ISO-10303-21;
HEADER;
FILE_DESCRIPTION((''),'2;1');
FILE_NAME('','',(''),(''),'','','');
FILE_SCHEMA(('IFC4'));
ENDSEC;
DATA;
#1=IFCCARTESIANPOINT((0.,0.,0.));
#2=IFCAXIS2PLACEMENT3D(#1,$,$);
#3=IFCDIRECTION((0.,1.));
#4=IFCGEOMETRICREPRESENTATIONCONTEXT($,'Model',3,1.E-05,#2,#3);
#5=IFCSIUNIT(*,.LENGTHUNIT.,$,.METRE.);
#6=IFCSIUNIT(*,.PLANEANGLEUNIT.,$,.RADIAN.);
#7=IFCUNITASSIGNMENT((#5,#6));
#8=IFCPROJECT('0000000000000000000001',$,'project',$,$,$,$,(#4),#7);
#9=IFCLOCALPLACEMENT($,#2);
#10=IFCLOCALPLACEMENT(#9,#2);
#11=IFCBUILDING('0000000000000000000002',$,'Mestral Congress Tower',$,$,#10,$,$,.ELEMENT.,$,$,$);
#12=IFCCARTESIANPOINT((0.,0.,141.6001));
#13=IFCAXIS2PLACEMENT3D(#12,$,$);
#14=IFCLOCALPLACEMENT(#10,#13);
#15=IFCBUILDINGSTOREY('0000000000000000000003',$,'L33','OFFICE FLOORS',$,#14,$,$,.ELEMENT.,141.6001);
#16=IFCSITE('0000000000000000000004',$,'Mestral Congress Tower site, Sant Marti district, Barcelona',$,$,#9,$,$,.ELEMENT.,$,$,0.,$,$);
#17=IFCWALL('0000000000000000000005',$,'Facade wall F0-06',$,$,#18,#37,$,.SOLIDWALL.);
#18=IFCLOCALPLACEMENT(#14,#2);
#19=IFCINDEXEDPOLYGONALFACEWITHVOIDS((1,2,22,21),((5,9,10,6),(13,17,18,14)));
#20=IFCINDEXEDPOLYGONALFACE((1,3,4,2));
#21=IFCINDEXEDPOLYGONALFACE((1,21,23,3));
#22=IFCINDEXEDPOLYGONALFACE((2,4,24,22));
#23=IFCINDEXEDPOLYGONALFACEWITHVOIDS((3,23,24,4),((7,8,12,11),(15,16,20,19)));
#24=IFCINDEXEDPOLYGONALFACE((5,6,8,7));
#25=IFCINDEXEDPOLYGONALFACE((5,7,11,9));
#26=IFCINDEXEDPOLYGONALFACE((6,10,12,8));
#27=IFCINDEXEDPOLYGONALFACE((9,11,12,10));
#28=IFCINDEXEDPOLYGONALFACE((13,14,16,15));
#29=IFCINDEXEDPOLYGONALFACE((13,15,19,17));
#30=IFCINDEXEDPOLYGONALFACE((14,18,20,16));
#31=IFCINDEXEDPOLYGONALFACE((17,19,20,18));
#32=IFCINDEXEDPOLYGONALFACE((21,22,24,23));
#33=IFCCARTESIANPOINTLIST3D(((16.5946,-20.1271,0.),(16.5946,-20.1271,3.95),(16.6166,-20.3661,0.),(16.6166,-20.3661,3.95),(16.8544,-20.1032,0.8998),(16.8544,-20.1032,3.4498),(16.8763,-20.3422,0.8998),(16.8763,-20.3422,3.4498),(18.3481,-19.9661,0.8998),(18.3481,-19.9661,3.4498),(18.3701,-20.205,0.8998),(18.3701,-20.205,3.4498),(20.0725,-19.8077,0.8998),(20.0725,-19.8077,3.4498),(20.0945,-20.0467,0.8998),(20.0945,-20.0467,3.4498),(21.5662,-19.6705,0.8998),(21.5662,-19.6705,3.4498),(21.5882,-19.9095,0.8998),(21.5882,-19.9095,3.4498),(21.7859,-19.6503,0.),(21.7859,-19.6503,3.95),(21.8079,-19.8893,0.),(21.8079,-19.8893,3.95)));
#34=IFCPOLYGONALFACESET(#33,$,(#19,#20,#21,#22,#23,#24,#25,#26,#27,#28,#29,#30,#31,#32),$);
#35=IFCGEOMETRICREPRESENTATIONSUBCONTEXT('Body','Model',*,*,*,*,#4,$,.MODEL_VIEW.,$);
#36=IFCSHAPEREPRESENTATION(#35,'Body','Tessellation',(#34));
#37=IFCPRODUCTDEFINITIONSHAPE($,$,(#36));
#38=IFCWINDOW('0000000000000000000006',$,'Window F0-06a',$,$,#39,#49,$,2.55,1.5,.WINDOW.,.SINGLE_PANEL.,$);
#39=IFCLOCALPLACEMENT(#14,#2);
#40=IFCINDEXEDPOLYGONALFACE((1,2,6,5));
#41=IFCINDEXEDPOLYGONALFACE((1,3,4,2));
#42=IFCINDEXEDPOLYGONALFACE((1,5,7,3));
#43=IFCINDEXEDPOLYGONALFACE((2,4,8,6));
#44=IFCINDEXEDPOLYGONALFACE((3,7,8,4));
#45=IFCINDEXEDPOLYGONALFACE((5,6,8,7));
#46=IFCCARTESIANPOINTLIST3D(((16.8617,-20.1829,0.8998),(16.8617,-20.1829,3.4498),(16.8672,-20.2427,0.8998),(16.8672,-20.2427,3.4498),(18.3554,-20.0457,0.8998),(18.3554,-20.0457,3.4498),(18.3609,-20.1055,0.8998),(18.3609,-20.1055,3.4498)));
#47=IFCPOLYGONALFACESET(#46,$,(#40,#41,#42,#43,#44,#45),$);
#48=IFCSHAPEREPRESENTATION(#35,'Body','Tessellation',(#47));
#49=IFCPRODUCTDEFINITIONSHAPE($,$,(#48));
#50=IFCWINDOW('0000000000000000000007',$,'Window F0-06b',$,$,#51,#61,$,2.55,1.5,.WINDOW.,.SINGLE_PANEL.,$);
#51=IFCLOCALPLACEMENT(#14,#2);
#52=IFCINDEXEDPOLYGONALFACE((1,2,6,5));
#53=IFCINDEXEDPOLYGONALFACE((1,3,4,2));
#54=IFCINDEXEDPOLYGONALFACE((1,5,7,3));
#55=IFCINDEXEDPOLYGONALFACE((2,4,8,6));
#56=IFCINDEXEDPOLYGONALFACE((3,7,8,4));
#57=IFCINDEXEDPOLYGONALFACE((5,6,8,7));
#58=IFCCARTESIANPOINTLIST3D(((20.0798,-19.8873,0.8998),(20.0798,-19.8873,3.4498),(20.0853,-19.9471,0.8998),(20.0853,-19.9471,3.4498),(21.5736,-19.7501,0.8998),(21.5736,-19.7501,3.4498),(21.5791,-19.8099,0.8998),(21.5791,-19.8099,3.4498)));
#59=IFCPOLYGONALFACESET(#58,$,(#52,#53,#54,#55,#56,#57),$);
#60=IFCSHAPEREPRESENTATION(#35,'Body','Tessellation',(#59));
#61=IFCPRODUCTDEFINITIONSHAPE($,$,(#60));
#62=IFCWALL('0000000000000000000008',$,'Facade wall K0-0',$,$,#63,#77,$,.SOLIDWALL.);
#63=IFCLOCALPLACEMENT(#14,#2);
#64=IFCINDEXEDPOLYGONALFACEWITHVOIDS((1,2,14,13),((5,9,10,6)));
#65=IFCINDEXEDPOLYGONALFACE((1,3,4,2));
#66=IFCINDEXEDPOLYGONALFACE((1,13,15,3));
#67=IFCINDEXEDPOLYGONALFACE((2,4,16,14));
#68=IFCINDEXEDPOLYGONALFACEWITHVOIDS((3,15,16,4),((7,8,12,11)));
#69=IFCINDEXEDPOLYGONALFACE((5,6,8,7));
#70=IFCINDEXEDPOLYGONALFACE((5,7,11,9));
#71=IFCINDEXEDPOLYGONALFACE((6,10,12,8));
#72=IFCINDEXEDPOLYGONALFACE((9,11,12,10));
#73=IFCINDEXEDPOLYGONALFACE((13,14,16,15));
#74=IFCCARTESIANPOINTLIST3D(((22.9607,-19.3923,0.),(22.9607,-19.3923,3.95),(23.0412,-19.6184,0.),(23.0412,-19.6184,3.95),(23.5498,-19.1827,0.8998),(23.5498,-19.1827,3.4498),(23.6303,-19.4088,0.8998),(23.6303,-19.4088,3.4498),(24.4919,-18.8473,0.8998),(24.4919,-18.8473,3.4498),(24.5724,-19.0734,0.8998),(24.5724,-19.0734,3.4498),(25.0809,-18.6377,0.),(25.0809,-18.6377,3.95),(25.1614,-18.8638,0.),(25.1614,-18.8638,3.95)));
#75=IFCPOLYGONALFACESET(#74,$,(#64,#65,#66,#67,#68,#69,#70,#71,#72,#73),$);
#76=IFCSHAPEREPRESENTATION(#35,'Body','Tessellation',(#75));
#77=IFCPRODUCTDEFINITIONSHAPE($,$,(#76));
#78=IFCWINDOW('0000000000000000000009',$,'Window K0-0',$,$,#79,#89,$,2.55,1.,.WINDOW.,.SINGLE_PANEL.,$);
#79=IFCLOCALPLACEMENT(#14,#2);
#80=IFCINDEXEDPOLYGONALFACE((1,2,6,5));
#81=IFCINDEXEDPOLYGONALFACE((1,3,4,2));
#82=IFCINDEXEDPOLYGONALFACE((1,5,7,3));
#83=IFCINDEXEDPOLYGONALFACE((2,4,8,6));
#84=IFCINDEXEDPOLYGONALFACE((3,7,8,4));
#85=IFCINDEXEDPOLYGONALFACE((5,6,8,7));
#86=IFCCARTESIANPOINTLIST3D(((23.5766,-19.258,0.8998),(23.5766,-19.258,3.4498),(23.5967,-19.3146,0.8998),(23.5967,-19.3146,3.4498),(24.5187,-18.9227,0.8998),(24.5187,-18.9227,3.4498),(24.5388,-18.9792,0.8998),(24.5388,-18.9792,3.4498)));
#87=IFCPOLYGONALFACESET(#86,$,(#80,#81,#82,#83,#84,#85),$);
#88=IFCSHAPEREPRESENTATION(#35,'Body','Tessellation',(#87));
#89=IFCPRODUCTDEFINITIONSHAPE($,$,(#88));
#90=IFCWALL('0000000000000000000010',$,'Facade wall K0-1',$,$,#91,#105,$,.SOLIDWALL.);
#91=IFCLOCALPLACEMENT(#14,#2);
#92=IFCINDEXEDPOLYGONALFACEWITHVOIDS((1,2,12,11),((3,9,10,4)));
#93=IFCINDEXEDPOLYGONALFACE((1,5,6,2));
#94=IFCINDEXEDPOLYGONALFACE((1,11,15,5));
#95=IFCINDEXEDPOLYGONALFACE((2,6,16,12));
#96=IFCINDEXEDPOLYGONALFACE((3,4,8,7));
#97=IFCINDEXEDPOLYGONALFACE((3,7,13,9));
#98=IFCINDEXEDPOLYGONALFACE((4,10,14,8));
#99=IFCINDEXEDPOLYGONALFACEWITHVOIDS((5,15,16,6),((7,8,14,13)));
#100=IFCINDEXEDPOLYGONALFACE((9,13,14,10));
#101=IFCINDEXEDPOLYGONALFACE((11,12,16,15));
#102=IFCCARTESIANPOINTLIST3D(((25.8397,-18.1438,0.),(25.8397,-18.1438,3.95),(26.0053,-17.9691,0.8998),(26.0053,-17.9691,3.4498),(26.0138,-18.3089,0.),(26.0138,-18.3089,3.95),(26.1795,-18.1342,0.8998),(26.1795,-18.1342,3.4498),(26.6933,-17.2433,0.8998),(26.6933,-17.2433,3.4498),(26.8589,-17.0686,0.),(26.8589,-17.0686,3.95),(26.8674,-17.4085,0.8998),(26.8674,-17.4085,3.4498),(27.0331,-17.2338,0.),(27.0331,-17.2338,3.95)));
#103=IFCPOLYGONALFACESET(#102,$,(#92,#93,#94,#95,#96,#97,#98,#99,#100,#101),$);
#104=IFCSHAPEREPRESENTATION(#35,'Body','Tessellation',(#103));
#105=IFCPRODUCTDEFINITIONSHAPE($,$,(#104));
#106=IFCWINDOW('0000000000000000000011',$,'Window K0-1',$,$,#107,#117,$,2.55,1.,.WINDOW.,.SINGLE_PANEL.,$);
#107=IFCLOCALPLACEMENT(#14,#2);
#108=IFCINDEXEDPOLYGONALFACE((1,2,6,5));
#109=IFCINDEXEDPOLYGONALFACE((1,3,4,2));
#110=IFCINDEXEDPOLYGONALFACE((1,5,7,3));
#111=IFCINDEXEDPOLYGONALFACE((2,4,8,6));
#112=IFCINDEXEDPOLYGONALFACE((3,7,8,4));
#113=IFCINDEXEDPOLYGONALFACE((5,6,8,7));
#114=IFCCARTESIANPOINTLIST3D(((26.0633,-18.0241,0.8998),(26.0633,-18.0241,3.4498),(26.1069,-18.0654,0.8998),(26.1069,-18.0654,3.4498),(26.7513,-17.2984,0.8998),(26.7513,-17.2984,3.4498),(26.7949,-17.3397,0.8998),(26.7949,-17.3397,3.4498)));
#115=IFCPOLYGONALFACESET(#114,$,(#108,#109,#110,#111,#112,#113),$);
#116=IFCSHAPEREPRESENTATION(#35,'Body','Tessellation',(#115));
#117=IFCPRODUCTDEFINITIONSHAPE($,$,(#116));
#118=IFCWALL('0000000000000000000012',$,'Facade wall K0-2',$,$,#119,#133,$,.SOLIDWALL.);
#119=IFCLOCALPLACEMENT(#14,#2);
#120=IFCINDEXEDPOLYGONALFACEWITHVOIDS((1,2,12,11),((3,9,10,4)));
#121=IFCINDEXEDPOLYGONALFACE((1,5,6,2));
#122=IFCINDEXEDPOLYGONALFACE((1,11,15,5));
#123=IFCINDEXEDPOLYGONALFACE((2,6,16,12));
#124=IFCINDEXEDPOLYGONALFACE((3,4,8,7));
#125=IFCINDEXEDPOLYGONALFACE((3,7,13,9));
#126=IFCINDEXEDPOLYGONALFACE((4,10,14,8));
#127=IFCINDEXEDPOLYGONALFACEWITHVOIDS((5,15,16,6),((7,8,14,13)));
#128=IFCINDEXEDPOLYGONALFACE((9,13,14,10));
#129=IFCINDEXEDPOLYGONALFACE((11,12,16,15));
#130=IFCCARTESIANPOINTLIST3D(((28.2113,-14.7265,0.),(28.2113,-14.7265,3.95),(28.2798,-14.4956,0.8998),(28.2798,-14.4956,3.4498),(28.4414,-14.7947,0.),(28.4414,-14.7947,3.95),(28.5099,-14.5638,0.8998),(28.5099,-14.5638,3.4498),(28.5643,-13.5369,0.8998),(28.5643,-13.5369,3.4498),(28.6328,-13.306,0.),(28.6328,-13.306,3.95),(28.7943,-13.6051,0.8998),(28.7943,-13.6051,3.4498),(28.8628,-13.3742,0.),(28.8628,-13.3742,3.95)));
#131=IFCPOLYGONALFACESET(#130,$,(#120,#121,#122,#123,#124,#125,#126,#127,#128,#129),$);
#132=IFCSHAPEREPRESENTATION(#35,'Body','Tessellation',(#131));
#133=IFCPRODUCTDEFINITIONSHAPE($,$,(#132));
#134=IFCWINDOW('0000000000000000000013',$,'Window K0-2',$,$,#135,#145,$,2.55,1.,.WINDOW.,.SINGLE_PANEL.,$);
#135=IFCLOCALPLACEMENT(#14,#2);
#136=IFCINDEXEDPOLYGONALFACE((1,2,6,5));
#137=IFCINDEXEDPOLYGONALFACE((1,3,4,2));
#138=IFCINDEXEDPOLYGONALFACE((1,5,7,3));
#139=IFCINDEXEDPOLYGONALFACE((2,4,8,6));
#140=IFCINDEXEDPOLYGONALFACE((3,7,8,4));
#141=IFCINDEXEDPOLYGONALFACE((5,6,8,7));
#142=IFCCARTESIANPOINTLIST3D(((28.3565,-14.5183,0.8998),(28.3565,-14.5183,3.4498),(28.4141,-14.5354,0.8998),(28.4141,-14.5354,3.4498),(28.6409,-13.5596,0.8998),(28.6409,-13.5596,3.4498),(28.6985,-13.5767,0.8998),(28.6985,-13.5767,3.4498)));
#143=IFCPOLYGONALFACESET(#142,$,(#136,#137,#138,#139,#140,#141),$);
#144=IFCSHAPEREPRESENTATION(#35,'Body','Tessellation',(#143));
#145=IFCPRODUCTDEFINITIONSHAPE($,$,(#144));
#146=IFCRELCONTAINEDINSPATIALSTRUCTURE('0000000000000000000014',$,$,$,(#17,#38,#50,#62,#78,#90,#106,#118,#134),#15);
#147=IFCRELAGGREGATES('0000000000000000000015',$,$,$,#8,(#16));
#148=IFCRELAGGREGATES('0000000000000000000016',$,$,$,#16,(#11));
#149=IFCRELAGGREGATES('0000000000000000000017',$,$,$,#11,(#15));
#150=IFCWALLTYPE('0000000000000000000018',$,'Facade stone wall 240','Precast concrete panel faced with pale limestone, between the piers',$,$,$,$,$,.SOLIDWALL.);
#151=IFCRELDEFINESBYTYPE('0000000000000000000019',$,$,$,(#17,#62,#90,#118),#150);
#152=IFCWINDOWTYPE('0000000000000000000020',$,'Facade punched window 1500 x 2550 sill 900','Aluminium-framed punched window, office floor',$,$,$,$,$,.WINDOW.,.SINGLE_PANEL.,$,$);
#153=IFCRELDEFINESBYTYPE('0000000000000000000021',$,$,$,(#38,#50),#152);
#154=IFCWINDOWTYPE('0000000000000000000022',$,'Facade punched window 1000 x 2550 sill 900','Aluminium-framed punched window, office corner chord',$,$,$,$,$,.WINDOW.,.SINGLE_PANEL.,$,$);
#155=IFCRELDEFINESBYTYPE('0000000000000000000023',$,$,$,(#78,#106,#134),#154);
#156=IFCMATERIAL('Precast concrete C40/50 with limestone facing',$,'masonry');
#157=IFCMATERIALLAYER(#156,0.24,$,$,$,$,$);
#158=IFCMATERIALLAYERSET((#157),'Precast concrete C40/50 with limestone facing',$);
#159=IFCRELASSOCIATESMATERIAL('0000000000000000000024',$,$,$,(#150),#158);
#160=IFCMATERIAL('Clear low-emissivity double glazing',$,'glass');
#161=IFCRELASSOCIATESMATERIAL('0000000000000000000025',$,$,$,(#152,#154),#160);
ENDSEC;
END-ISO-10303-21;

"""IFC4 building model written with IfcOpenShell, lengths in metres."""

from ifc_helpers import new_model, si_unit, direction, frame, frame_2d, origin, place, context, subcontext, project, spatial, rectangle, extrude, material, layer, layer_set, type_object, element, fill, save


model = new_model("IFC4")

# Units and contexts
model_context = context("Model", 3, precision=1e-05, world=origin(), true_north=direction((0.0, 1.0)))
body_context = subcontext(model_context, "Body", "Model", "MODEL_VIEW")
ifc_project = project(units=[si_unit("LENGTHUNIT", "METRE"), si_unit("PLANEANGLEUNIT", "RADIAN")], contexts=[model_context])

# Site, building, storey
site_placement = place(None, origin())
site = spatial("IfcSite", under=ifc_project, at=site_placement, Name="Mestral Congress Tower site, Sant Marti district, Barcelona", CompositionType="ELEMENT", RefElevation=0.0)
building_placement = place(site_placement, origin())
building = spatial("IfcBuilding", under=site, at=building_placement, Name="Mestral Congress Tower", CompositionType="ELEMENT")
storey_placement = place(building_placement, frame((0.0, 0.0, 141.6001)))
storey = spatial("IfcBuildingStorey", under=building, at=storey_placement, Name="L33", Description="OFFICE FLOORS", CompositionType="ELEMENT", Elevation=141.6001)

# Wall, openings, windows
ifc_material_1 = material(Name="Precast concrete C40/50 with limestone facing", Category="masonry")
ifc_layer_1 = layer(ifc_material_1, 0.24)
ifc_layer_set_1 = layer_set([ifc_layer_1], Name="Precast concrete C40/50 with limestone facing")
wall_type_1 = type_object("IfcWallType", Name="Facade stone wall 240", Description="Precast concrete panel faced with pale limestone, between the piers", PredefinedType="SOLIDWALL", material=ifc_layer_set_1)
wall_1_placement = place(storey_placement, frame((16.6057, -20.2466, 0.0), z_axis=(0.0, 0.0, 1.0), x_axis=(0.995809, 0.09146, 0.0)))
wall_1 = element("IfcWall", 1, at=wall_1_placement, inside=storey, type_object=wall_type_1, Name="Facade wall F0-06", PredefinedType="SOLIDWALL", context=body_context, shape_type="SweptSolid", body=[
    extrude(rectangle(XDim=5.2131, YDim=0.24, at=frame_2d((2.6064, 0.0))), origin(), (0.0, 0.0, 1.0), 3.95),
])
opening_1_placement = place(wall_1_placement, frame((0.2607, 0.0, 0.8999)))
opening_1 = element("IfcOpeningElement", 2, at=opening_1_placement, cuts=wall_1, PredefinedType="OPENING", context=body_context, shape_type="SweptSolid", body=[
    extrude(rectangle(XDim=1.5, YDim=2.55, at=frame_2d((0.75, 1.2749))), frame((0.0, 0.1299, 0.0), z_axis=(0.0, -1.0, 0.0), x_axis=(1.0, 0.0, 0.0)), (0.0, 0.0, 1.0), 0.26),
])
opening_2_placement = place(wall_1_placement, frame((3.4924, 0.0, 0.8999)))
opening_2 = element("IfcOpeningElement", 3, at=opening_2_placement, cuts=wall_1, PredefinedType="OPENING", context=body_context, shape_type="SweptSolid", body=[
    extrude(rectangle(XDim=1.5, YDim=2.55, at=frame_2d((0.75, 1.2749))), frame((0.0, 0.1299, 0.0), z_axis=(0.0, -1.0, 0.0), x_axis=(1.0, 0.0, 0.0)), (0.0, 0.0, 1.0), 0.26),
])
ifc_material_2 = material(Name="Clear low-emissivity double glazing", Category="glass")
window_type_1 = type_object("IfcWindowType", Name="Facade punched window 1500 x 2550 sill 900", Description="Aluminium-framed punched window, office floor", PartitioningType="SINGLE_PANEL", PredefinedType="WINDOW", material=ifc_material_2)
window_1_placement = place(opening_1_placement, origin())
window_1 = element("IfcWindow", 4, at=window_1_placement, inside=storey, type_object=window_type_1, Name="Window F0-06a", OverallHeight=2.55, OverallWidth=1.5, PartitioningType="SINGLE_PANEL", PredefinedType="WINDOW", context=body_context, shape_type="SweptSolid", body=[
    extrude(rectangle(XDim=1.5, YDim=2.55, at=frame_2d((0.75, 1.2749))), frame((0.0, 0.04, 0.0), z_axis=(0.0, -1.0, 0.0), x_axis=(1.0, 0.0, 0.0)), (0.0, 0.0, 1.0), 0.0601),
])
fill(opening_1, window_1)
window_2_placement = place(opening_2_placement, origin())
window_2 = element("IfcWindow", 5, at=window_2_placement, inside=storey, type_object=window_type_1, Name="Window F0-06b", OverallHeight=2.55, OverallWidth=1.5, PartitioningType="SINGLE_PANEL", PredefinedType="WINDOW", context=body_context, shape_type="SweptSolid", body=[
    extrude(rectangle(XDim=1.5, YDim=2.55, at=frame_2d((0.75, 1.2749))), frame((0.0, 0.04, 0.0), z_axis=(0.0, -1.0, 0.0), x_axis=(1.0, 0.0, 0.0)), (0.0, 0.0, 1.0), 0.0601),
])
fill(opening_2, window_2)

# Walls, openings, windows
wall_2_placement = place(storey_placement, frame((23.001, -19.5054, 0.0), z_axis=(0.0, 0.0, 1.0), x_axis=(0.9421, 0.335333, 0.0)))
wall_2 = element("IfcWall", 6, at=wall_2_placement, inside=storey, type_object=wall_type_1, Name="Facade wall K0-0", PredefinedType="SOLIDWALL", context=body_context, shape_type="SweptSolid", body=[
    extrude(rectangle(XDim=2.2505, YDim=0.24, at=frame_2d((1.1252, 0.0))), origin(), (0.0, 0.0, 1.0), 3.95),
])
opening_3_placement = place(wall_2_placement, frame((0.6252, 0.0, 0.8999)))
opening_3 = element("IfcOpeningElement", 7, at=opening_3_placement, cuts=wall_2, PredefinedType="OPENING", context=body_context, shape_type="SweptSolid", body=[
    extrude(rectangle(XDim=1.0, YDim=2.55, at=frame_2d((0.5, 1.2749))), frame((0.0, 0.1299, 0.0), z_axis=(0.0, -1.0, 0.0), x_axis=(1.0, 0.0, 0.0)), (0.0, 0.0, 1.0), 0.26),
])
window_type_2 = type_object("IfcWindowType", Name="Facade punched window 1000 x 2550 sill 900", Description="Aluminium-framed punched window, office corner chord", PartitioningType="SINGLE_PANEL", PredefinedType="WINDOW", material=ifc_material_2)
window_3_placement = place(opening_3_placement, origin())
window_3 = element("IfcWindow", 8, at=window_3_placement, inside=storey, type_object=window_type_2, Name="Window K0-0", OverallHeight=2.55, OverallWidth=1.0, PartitioningType="SINGLE_PANEL", PredefinedType="WINDOW", context=body_context, shape_type="SweptSolid", body=[
    extrude(rectangle(XDim=1.0, YDim=2.55, at=frame_2d((0.5, 1.2749))), frame((0.0, 0.04, 0.0), z_axis=(0.0, -1.0, 0.0), x_axis=(1.0, 0.0, 0.0)), (0.0, 0.0, 1.0), 0.0601),
])
fill(opening_3, window_3)
wall_3_placement = place(storey_placement, frame((25.9268, -18.2263, 0.0), z_axis=(0.0, 0.0, 1.0), x_axis=(0.687987, 0.725723, 0.0)))
wall_3 = element("IfcWall", 9, at=wall_3_placement, inside=storey, type_object=wall_type_1, Name="Facade wall K0-1", PredefinedType="SOLIDWALL", context=body_context, shape_type="SweptSolid", body=[
    extrude(rectangle(XDim=1.4814, YDim=0.24, at=frame_2d((0.7407, 0.0))), origin(), (0.0, 0.0, 1.0), 3.95),
])
opening_4_placement = place(wall_3_placement, frame((0.2407, 0.0, 0.8999)))
opening_4 = element("IfcOpeningElement", 10, at=opening_4_placement, cuts=wall_3, PredefinedType="OPENING", context=body_context, shape_type="SweptSolid", body=[
    extrude(rectangle(XDim=1.0, YDim=2.55, at=frame_2d((0.5, 1.2749))), frame((0.0, 0.1299, 0.0), z_axis=(0.0, -1.0, 0.0), x_axis=(1.0, 0.0, 0.0)), (0.0, 0.0, 1.0), 0.26),
])
window_4_placement = place(opening_4_placement, origin())
window_4 = element("IfcWindow", 11, at=window_4_placement, inside=storey, type_object=window_type_2, Name="Window K0-1", OverallHeight=2.55, OverallWidth=1.0, PartitioningType="SINGLE_PANEL", PredefinedType="WINDOW", context=body_context, shape_type="SweptSolid", body=[
    extrude(rectangle(XDim=1.0, YDim=2.55, at=frame_2d((0.5, 1.2749))), frame((0.0, 0.04, 0.0), z_axis=(0.0, -1.0, 0.0), x_axis=(1.0, 0.0, 0.0)), (0.0, 0.0, 1.0), 0.0601),
])
fill(opening_4, window_4)
wall_4_placement = place(storey_placement, frame((28.3264, -14.7605, 0.0), z_axis=(0.0, 0.0, 1.0), x_axis=(0.284414, 0.958702, 0.0)))
wall_4 = element("IfcWall", 12, at=wall_4_placement, inside=storey, type_object=wall_type_1, Name="Facade wall K0-2", PredefinedType="SOLIDWALL", context=body_context, shape_type="SweptSolid", body=[
    extrude(rectangle(XDim=1.4817, YDim=0.24, at=frame_2d((0.7407, 0.0))), origin(), (0.0, 0.0, 1.0), 3.95),
])
opening_5_placement = place(wall_4_placement, frame((0.2407, 0.0, 0.8999)))
opening_5 = element("IfcOpeningElement", 13, at=opening_5_placement, cuts=wall_4, PredefinedType="OPENING", context=body_context, shape_type="SweptSolid", body=[
    extrude(rectangle(XDim=1.0, YDim=2.55, at=frame_2d((0.5, 1.2749))), frame((0.0, 0.1299, 0.0), z_axis=(0.0, -1.0, 0.0), x_axis=(1.0, 0.0, 0.0)), (0.0, 0.0, 1.0), 0.26),
])
window_5_placement = place(opening_5_placement, origin())
window_5 = element("IfcWindow", 14, at=window_5_placement, inside=storey, type_object=window_type_2, Name="Window K0-2", OverallHeight=2.55, OverallWidth=1.0, PartitioningType="SINGLE_PANEL", PredefinedType="WINDOW", context=body_context, shape_type="SweptSolid", body=[
    extrude(rectangle(XDim=1.0, YDim=2.55, at=frame_2d((0.5, 1.2749))), frame((0.0, 0.04, 0.0), z_axis=(0.0, -1.0, 0.0), x_axis=(1.0, 0.0, 0.0)), (0.0, 0.0, 1.0), 0.0601),
])
fill(opening_5, window_5)

save(model, "model.ifc")
